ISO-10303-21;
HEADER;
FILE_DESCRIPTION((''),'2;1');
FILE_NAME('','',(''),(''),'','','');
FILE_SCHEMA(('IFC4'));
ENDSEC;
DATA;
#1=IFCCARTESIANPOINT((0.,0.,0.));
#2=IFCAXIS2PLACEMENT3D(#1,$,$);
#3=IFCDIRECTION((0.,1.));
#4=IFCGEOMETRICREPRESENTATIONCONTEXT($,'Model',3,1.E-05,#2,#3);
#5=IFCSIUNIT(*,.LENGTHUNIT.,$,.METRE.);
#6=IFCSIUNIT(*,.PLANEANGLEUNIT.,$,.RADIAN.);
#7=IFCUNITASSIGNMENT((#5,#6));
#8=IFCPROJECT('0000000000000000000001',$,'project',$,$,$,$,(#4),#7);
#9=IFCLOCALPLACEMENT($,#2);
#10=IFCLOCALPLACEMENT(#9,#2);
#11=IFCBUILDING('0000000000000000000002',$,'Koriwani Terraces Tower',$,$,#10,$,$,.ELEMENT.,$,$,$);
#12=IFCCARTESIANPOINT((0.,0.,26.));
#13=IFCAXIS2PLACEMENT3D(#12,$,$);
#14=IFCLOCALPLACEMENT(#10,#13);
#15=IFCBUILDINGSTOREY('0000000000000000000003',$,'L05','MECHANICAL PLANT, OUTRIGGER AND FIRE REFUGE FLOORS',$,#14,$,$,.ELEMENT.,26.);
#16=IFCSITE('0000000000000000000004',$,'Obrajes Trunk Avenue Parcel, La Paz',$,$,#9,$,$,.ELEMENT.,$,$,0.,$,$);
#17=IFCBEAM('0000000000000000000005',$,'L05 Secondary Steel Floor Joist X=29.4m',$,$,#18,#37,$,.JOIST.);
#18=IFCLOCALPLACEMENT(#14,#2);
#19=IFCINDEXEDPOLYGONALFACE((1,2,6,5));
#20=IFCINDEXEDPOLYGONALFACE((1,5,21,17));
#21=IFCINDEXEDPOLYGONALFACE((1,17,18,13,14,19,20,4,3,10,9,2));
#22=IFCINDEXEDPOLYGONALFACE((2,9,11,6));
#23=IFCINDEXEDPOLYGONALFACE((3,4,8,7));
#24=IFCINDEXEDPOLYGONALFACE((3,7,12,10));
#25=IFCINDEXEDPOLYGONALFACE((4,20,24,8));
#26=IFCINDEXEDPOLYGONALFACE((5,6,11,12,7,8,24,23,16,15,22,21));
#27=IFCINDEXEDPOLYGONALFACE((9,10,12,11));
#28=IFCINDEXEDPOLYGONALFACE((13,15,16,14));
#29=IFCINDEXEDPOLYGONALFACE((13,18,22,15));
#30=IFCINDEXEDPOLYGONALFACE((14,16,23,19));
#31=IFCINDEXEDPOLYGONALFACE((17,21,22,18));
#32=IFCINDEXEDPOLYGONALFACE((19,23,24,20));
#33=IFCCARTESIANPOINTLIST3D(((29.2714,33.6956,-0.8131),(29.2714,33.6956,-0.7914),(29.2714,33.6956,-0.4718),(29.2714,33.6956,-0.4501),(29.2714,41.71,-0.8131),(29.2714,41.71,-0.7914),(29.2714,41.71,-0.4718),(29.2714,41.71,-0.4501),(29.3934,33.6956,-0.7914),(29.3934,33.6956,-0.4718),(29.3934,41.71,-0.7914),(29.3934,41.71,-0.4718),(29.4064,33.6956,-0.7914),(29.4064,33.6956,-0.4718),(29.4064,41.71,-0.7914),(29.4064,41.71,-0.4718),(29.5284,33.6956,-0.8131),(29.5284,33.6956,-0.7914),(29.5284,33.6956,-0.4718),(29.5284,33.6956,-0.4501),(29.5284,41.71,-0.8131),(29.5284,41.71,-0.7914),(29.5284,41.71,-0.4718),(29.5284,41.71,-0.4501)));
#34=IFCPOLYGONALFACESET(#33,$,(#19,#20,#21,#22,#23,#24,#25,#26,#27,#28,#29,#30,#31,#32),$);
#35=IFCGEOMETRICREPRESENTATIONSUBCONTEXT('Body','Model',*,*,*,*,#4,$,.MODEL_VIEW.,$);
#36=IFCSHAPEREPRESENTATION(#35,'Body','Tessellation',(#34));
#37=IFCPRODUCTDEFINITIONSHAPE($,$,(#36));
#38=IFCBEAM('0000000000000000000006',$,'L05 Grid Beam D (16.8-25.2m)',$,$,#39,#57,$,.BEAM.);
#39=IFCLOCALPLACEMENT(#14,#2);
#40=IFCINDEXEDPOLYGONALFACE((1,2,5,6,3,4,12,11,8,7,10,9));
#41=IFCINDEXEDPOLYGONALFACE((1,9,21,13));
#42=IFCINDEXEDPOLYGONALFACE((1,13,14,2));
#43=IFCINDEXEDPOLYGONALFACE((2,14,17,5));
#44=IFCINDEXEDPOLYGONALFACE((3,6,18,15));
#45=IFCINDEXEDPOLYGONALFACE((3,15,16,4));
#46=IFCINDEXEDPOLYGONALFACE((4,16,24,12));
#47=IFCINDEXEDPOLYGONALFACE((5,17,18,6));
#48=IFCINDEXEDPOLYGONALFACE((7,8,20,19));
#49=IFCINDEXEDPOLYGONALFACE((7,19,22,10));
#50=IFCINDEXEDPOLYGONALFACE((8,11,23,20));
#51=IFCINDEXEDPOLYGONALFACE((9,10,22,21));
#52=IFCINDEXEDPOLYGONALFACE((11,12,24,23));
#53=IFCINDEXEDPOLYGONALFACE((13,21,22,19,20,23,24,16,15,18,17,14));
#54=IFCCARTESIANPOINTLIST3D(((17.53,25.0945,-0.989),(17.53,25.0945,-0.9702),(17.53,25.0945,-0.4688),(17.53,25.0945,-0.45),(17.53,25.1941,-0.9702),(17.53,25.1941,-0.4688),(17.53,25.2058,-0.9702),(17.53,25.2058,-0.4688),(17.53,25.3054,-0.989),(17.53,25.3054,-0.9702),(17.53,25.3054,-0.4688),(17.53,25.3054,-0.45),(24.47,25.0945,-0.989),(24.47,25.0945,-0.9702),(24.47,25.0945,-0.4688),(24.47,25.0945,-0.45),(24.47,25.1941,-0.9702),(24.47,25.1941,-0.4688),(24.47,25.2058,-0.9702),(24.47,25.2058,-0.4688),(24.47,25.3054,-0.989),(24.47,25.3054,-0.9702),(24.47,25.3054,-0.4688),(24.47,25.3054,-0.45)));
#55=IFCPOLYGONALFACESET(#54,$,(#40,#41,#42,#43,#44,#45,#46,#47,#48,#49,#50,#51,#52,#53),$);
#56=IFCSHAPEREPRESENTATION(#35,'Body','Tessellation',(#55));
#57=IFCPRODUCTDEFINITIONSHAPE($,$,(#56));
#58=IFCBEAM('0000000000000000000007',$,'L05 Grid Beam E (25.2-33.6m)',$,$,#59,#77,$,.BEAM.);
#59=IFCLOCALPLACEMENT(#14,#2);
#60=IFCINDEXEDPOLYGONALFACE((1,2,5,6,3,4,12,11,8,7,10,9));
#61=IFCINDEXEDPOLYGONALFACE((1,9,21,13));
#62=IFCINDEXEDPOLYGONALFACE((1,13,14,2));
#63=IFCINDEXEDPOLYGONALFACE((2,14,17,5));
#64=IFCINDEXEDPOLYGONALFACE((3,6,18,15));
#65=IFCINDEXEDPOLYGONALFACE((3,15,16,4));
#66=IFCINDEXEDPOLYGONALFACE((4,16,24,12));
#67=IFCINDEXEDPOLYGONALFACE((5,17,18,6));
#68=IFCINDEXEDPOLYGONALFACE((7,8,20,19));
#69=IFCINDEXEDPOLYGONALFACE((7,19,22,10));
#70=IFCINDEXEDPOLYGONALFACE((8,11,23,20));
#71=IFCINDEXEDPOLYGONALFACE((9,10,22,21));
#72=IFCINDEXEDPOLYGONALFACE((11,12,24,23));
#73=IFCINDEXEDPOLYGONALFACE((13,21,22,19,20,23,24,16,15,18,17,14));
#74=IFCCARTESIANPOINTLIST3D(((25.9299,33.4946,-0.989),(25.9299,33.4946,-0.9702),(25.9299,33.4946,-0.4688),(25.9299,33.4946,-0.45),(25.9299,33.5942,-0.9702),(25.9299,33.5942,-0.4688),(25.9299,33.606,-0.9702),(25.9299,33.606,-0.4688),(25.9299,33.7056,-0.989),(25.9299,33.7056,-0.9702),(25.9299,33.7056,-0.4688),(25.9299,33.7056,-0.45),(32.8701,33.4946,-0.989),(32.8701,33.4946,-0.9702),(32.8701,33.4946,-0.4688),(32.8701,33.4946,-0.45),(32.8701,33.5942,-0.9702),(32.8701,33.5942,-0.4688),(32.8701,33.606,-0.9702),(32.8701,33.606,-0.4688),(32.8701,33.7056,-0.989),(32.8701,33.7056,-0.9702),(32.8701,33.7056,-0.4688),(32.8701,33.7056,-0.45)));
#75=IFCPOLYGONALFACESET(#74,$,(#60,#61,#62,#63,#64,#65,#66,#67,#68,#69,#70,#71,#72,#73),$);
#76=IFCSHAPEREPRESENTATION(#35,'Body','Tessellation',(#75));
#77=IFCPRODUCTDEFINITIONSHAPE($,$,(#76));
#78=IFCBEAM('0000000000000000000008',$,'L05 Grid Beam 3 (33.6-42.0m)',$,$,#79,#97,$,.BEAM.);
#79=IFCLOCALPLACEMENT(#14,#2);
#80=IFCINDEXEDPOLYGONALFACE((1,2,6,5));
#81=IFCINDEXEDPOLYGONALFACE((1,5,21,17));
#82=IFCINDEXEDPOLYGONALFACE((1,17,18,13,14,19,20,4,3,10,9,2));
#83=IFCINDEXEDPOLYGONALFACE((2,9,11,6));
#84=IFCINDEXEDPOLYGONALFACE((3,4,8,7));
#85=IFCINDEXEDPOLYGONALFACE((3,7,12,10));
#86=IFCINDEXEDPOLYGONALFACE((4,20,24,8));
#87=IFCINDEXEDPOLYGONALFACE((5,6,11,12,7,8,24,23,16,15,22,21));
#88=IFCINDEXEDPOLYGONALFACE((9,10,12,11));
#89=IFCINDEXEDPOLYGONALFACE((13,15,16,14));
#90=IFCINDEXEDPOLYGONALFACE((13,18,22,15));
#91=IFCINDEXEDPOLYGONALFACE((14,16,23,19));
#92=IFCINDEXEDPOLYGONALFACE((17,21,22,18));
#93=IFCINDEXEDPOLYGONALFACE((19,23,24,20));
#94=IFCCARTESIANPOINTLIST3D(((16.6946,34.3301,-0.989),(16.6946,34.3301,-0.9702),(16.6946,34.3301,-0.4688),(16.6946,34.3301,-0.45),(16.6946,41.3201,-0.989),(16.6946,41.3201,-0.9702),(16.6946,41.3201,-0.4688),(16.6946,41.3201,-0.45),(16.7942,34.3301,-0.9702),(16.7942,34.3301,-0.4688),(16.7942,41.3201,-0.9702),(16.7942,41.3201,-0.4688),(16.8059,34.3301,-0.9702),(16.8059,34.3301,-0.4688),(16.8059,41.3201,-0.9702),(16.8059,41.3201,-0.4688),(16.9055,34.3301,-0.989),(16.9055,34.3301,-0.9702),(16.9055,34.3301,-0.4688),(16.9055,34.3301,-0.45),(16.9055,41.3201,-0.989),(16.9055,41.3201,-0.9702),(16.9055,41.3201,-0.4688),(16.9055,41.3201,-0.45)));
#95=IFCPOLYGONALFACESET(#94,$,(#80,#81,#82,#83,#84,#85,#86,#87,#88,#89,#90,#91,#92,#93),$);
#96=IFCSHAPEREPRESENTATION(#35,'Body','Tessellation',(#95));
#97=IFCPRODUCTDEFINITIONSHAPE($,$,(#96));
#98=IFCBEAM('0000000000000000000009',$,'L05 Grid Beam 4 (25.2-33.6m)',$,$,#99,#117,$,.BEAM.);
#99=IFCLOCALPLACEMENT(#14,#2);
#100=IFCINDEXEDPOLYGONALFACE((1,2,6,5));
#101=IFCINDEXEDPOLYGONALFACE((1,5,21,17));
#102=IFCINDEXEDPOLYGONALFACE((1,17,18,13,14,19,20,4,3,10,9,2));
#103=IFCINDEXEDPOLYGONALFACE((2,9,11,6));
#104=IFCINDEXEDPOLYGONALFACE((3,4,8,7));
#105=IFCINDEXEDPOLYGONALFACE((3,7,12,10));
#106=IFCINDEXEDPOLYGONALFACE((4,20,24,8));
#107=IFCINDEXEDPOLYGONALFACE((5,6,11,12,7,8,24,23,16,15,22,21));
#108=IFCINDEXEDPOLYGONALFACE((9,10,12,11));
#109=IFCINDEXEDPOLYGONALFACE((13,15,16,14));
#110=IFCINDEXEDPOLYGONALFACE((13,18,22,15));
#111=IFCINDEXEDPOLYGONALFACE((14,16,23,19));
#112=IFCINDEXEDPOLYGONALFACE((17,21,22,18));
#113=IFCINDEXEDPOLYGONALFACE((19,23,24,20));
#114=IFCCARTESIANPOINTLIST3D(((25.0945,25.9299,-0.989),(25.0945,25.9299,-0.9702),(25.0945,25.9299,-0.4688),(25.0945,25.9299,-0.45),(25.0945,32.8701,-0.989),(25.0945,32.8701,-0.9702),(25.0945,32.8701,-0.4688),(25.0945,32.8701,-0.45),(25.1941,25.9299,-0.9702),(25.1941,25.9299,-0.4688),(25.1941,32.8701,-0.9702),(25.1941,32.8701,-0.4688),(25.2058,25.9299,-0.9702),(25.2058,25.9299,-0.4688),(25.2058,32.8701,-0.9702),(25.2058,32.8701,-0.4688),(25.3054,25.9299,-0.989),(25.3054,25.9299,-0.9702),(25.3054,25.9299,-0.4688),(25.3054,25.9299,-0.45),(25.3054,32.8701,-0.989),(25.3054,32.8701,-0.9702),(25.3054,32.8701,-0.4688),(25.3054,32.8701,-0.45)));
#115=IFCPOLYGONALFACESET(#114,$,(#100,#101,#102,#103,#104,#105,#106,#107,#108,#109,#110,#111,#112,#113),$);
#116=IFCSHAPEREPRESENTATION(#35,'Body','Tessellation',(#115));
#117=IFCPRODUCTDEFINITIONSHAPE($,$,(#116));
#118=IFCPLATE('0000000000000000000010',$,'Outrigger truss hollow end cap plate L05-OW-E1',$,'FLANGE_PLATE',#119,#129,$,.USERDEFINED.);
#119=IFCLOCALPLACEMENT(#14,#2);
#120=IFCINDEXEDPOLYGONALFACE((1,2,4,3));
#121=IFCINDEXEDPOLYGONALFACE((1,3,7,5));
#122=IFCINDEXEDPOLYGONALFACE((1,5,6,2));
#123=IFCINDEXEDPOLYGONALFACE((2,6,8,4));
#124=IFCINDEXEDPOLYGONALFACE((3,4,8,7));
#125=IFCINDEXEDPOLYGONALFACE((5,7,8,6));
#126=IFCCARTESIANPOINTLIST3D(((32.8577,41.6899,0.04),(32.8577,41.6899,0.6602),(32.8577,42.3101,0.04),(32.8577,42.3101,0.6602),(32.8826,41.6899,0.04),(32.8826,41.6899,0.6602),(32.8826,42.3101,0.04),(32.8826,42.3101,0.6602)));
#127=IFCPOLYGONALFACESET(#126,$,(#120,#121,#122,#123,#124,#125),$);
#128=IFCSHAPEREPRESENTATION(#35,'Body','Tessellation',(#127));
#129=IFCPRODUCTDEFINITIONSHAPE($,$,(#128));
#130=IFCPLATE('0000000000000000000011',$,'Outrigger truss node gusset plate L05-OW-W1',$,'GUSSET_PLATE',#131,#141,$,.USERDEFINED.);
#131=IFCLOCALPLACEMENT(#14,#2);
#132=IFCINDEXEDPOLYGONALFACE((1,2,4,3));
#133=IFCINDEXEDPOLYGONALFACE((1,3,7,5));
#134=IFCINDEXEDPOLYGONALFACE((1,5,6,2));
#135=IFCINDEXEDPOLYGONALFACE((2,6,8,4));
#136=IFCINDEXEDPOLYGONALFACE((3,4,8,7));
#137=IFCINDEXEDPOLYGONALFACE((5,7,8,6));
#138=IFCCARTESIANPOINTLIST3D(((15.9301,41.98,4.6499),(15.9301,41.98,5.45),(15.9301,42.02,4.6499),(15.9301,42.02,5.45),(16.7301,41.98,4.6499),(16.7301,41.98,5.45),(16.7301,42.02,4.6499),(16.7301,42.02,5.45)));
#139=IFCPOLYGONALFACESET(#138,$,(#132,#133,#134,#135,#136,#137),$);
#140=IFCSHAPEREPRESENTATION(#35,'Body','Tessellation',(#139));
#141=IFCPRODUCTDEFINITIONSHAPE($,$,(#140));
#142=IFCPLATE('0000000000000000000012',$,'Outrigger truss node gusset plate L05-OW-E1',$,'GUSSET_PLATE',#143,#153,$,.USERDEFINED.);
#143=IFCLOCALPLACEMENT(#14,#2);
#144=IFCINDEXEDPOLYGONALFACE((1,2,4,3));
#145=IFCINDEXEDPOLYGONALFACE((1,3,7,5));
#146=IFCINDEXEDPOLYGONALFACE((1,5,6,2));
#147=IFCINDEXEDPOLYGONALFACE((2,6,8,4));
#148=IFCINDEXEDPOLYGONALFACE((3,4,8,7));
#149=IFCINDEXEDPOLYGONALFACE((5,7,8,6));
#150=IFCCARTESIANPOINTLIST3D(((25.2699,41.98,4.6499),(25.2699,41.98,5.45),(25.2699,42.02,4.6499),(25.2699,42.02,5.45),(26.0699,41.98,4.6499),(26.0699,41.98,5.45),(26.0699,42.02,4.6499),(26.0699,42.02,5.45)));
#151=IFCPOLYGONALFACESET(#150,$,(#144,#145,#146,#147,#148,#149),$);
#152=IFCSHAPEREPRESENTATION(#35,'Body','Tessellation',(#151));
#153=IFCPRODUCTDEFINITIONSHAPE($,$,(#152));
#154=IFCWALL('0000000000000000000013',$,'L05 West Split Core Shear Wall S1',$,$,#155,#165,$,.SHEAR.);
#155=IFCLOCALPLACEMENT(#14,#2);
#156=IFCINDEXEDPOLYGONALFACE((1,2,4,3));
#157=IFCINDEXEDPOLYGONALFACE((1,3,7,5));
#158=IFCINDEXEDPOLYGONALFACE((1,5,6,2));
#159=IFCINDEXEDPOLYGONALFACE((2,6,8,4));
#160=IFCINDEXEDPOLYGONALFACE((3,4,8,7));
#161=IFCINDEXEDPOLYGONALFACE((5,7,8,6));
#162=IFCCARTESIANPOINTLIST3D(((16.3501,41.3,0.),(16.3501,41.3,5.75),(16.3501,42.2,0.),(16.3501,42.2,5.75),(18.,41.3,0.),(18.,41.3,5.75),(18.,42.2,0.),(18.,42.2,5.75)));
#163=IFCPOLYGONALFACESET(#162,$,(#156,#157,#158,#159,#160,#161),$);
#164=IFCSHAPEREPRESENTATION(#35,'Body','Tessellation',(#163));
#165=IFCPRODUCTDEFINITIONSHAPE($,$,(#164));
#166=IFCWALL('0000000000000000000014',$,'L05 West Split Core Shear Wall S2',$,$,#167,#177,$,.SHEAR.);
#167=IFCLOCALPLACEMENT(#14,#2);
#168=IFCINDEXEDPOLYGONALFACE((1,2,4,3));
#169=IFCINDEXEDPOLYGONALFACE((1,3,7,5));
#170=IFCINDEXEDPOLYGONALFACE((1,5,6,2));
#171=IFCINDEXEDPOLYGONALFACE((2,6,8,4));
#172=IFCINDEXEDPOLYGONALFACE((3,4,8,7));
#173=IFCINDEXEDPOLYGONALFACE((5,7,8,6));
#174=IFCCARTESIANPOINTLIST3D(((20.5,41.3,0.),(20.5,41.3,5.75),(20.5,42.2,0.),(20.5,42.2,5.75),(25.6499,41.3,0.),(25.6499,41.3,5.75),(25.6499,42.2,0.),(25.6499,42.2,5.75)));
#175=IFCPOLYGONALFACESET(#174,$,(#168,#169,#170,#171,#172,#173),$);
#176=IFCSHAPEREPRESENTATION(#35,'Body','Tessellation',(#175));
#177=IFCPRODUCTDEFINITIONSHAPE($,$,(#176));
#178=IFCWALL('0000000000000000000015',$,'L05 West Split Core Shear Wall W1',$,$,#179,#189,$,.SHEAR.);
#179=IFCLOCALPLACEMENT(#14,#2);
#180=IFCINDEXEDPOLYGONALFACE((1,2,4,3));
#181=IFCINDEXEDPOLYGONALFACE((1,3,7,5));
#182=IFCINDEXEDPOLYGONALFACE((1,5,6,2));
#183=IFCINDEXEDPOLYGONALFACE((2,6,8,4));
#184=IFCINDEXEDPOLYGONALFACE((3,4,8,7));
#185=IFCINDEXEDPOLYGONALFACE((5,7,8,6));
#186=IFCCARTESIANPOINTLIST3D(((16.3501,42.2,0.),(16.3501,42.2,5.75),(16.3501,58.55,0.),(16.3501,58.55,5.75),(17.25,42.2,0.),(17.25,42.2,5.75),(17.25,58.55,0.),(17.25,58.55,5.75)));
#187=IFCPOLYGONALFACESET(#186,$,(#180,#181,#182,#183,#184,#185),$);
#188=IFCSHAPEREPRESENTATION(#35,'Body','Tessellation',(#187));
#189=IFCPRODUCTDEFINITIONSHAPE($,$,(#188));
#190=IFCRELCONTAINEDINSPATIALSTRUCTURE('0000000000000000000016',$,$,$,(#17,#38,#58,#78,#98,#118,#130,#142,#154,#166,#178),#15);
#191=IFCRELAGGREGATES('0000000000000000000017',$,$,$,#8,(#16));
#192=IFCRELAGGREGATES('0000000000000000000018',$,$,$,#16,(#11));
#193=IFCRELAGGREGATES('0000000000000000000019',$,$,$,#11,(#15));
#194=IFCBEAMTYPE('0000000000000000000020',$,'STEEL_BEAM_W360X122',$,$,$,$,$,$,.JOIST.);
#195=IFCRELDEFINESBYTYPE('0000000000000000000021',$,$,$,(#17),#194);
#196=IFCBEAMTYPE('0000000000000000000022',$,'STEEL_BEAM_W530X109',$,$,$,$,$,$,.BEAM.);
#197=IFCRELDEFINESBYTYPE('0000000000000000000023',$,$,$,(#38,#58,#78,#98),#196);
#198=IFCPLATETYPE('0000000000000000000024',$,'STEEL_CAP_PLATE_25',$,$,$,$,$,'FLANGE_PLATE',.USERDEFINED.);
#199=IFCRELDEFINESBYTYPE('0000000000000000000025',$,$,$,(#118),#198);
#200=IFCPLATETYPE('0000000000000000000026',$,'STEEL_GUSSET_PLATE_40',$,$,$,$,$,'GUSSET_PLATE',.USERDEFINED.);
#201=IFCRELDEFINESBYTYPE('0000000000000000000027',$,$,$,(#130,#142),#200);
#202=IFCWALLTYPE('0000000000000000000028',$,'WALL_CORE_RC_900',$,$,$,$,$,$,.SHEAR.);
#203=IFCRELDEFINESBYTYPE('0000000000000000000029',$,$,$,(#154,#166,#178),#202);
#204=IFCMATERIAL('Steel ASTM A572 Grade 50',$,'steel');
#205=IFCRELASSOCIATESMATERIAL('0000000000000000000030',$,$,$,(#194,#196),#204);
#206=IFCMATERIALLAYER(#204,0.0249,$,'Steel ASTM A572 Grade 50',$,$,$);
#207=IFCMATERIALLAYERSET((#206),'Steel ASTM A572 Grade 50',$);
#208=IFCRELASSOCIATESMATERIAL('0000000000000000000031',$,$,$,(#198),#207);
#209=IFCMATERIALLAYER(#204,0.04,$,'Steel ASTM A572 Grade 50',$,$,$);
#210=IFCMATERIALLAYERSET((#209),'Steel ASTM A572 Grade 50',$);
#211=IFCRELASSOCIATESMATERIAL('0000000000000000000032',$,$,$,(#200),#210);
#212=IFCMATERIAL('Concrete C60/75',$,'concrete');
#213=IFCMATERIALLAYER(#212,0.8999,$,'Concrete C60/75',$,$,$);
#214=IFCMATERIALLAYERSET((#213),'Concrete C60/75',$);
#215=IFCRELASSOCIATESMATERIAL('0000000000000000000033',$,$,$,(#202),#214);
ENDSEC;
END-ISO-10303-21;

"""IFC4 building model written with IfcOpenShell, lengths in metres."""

from ifc_helpers import new_model, si_unit, direction, frame, frame_2d, origin, origin_2d, place, context, subcontext, project, spatial, rectangle, i_section, extrude, material, layer, layer_set, material_profile, profile_set, type_object, element, save


model = new_model("IFC4")

# Units and contexts
model_context = context("Model", 3, precision=1e-05, world=origin(), true_north=direction((0.0, 1.0)))
body_context = subcontext(model_context, "Body", "Model", "MODEL_VIEW")
ifc_project = project(units=[si_unit("LENGTHUNIT", "METRE"), si_unit("PLANEANGLEUNIT", "RADIAN")], contexts=[model_context])

# Site, building, storey
site_placement = place(None, origin())
site = spatial("IfcSite", under=ifc_project, at=site_placement, Name="Obrajes Trunk Avenue Parcel, La Paz", CompositionType="ELEMENT", RefElevation=0.0)
building_placement = place(site_placement, origin())
building = spatial("IfcBuilding", under=site, at=building_placement, Name="Koriwani Terraces Tower", CompositionType="ELEMENT")
storey_placement = place(building_placement, frame((0.0, 0.0, 26.0)))
storey = spatial("IfcBuildingStorey", under=building, at=storey_placement, Name="L05", Description="MECHANICAL PLANT, OUTRIGGER AND FIRE REFUGE FLOORS", CompositionType="ELEMENT", Elevation=26.0)

# Shared definitions
ifc_material_1 = material(Name="Concrete C60/75", Category="concrete")

# Shared definitions
ifc_material_2 = material(Name="Steel ASTM A572 Grade 50", Category="steel")

# Beams
ifc_material_profile_1 = material_profile(ifc_material_2, i_section(OverallWidth=0.2571, OverallDepth=0.363, WebThickness=0.0129, FlangeThickness=0.0217, at=origin_2d()), Name="Steel ASTM A572 Grade 50", Category="LoadBearing")
ifc_profile_set_1 = profile_set([ifc_material_profile_1], Name="Steel ASTM A572 Grade 50")
beam_type_1 = type_object("IfcBeamType", Name="STEEL_BEAM_W360X122", PredefinedType="JOIST", material=ifc_profile_set_1)
beam_1_placement = place(storey_placement, frame((29.3999, 33.6956, -0.6316), z_axis=(0.0, 1.0, 0.0), x_axis=(-1.0, 0.0, 0.0)))
element("IfcBeam", 1, at=beam_1_placement, inside=storey, type_object=beam_type_1, Name="L05 Secondary Steel Floor Joist X=29.4m", PredefinedType="JOIST", context=body_context, shape_type="SweptSolid", body=[
    extrude(i_section(OverallWidth=0.2571, OverallDepth=0.363, WebThickness=0.0129, FlangeThickness=0.0217, at=origin_2d()), origin(), (0.0, 0.0, 1.0), 8.0144),
])
ifc_material_profile_2 = material_profile(ifc_material_2, i_section(OverallWidth=0.2109, OverallDepth=0.5391, WebThickness=0.0117, FlangeThickness=0.0188, at=origin_2d()), Name="Steel ASTM A572 Grade 50", Category="LoadBearing")
ifc_profile_set_2 = profile_set([ifc_material_profile_2], Name="Steel ASTM A572 Grade 50")
beam_type_2 = type_object("IfcBeamType", Name="STEEL_BEAM_W530X109", PredefinedType="BEAM", material=ifc_profile_set_2)
beam_2_placement = place(storey_placement, frame((17.53, 25.2, -0.7195), z_axis=(1.0, 0.0, 0.0), x_axis=(0.0, 1.0, 0.0)))
element("IfcBeam", 2, at=beam_2_placement, inside=storey, type_object=beam_type_2, Name="L05 Grid Beam D (16.8-25.2m)", PredefinedType="BEAM", context=body_context, shape_type="SweptSolid", body=[
    extrude(i_section(OverallWidth=0.2109, OverallDepth=0.5391, WebThickness=0.0117, FlangeThickness=0.0188, at=origin_2d()), origin(), (0.0, 0.0, 1.0), 6.9399),
])
beam_3_placement = place(storey_placement, frame((25.9299, 33.6001, -0.7195), z_axis=(1.0, 0.0, 0.0), x_axis=(0.0, 1.0, 0.0)))
element("IfcBeam", 3, at=beam_3_placement, inside=storey, type_object=beam_type_2, Name="L05 Grid Beam E (25.2-33.6m)", PredefinedType="BEAM", context=body_context, shape_type="SweptSolid", body=[
    extrude(i_section(OverallWidth=0.2109, OverallDepth=0.5391, WebThickness=0.0117, FlangeThickness=0.0188, at=origin_2d()), origin(), (0.0, 0.0, 1.0), 6.9402),
])
beam_4_placement = place(storey_placement, frame((16.8, 34.3301, -0.7195), z_axis=(0.0, 1.0, 0.0), x_axis=(-1.0, 0.0, 0.0)))
element("IfcBeam", 4, at=beam_4_placement, inside=storey, type_object=beam_type_2, Name="L05 Grid Beam 3 (33.6-42.0m)", PredefinedType="BEAM", context=body_context, shape_type="SweptSolid", body=[
    extrude(i_section(OverallWidth=0.2109, OverallDepth=0.5391, WebThickness=0.0117, FlangeThickness=0.0188, at=origin_2d()), origin(), (0.0, 0.0, 1.0), 6.99),
])
beam_5_placement = place(storey_placement, frame((25.2, 25.9299, -0.7195), z_axis=(0.0, 1.0, 0.0), x_axis=(-1.0, 0.0, 0.0)))
element("IfcBeam", 5, at=beam_5_placement, inside=storey, type_object=beam_type_2, Name="L05 Grid Beam 4 (25.2-33.6m)", PredefinedType="BEAM", context=body_context, shape_type="SweptSolid", body=[
    extrude(i_section(OverallWidth=0.2109, OverallDepth=0.5391, WebThickness=0.0117, FlangeThickness=0.0188, at=origin_2d()), origin(), (0.0, 0.0, 1.0), 6.9402),
])

# Plates
ifc_layer_1 = layer(ifc_material_2, 0.0249, Name="Steel ASTM A572 Grade 50")
ifc_layer_set_1 = layer_set([ifc_layer_1], Name="Steel ASTM A572 Grade 50")
plate_type_1 = type_object("IfcPlateType", Name="STEEL_CAP_PLATE_25", ElementType="FLANGE_PLATE", PredefinedType="USERDEFINED", material=ifc_layer_set_1)
plate_placement = place(storey_placement, frame((32.8701, 42.0, 0.04), z_axis=(0.0, 0.0, 1.0), x_axis=(-1.0, 0.0, 0.0)))
element("IfcPlate", 6, at=plate_placement, inside=storey, type_object=plate_type_1, Name="Outrigger truss hollow end cap plate L05-OW-E1", ObjectType="FLANGE_PLATE", PredefinedType="USERDEFINED", context=body_context, shape_type="SweptSolid", body=[
    extrude(rectangle(XDim=0.0249, YDim=0.6201, at=origin_2d()), origin(), (0.0, 0.0, 1.0), 0.6201),
])
ifc_layer_2 = layer(ifc_material_2, 0.04, Name="Steel ASTM A572 Grade 50")
ifc_layer_set_2 = layer_set([ifc_layer_2], Name="Steel ASTM A572 Grade 50")
plate_type_2 = type_object("IfcPlateType", Name="STEEL_GUSSET_PLATE_40", ElementType="GUSSET_PLATE", PredefinedType="USERDEFINED", material=ifc_layer_set_2)
for number, where, z_axis, x_axis, name in (
    (7, (16.3301, 42.0, 4.6499), (0.0, 0.0, 1.0), (1.0, 0.0, 0.0), "Outrigger truss node gusset plate L05-OW-W1"),
    (8, (25.6699, 42.0, 4.6499), (0.0, 0.0, 1.0), (-1.0, 0.0, 0.0), "Outrigger truss node gusset plate L05-OW-E1"),
):
    element("IfcPlate", number, at=place(storey_placement, frame(where, z_axis=z_axis, x_axis=x_axis)), inside=storey, type_object=plate_type_2, Name=name, ObjectType="GUSSET_PLATE", PredefinedType="USERDEFINED", context=body_context, shape_type="SweptSolid", body=[
        extrude(rectangle(XDim=0.8, YDim=0.04, at=origin_2d()), origin(), (0.0, 0.0, 1.0), 0.8),
    ])

# Walls
ifc_layer_3 = layer(ifc_material_1, 0.8999, Name="Concrete C60/75")
ifc_layer_set_3 = layer_set([ifc_layer_3], Name="Concrete C60/75")
wall_type_1 = type_object("IfcWallType", Name="WALL_CORE_RC_900", PredefinedType="SHEAR", material=ifc_layer_set_3)
wall_1_placement = place(storey_placement, frame((16.3501, 41.75, 0.0), z_axis=(0.0, 0.0, 1.0), x_axis=(1.0, 0.0, 0.0)))
element("IfcWall", 9, at=wall_1_placement, inside=storey, type_object=wall_type_1, Name="L05 West Split Core Shear Wall S1", PredefinedType="SHEAR", context=body_context, shape_type="SweptSolid", body=[
    extrude(rectangle(XDim=1.6499, YDim=0.8999, at=frame_2d((0.825, 0.0))), origin(), (0.0, 0.0, 1.0), 5.75),
])
wall_2_placement = place(storey_placement, frame((20.5, 41.75, 0.0), z_axis=(0.0, 0.0, 1.0), x_axis=(1.0, 0.0, 0.0)))
element("IfcWall", 10, at=wall_2_placement, inside=storey, type_object=wall_type_1, Name="L05 West Split Core Shear Wall S2", PredefinedType="SHEAR", context=body_context, shape_type="SweptSolid", body=[
    extrude(rectangle(XDim=5.1499, YDim=0.8999, at=frame_2d((2.575, 0.0))), origin(), (0.0, 0.0, 1.0), 5.75),
])
wall_3_placement = place(storey_placement, frame((16.8, 42.2, 0.0), z_axis=(0.0, 0.0, 1.0), x_axis=(0.0, 1.0, 0.0)))
element("IfcWall", 11, at=wall_3_placement, inside=storey, type_object=wall_type_1, Name="L05 West Split Core Shear Wall W1", PredefinedType="SHEAR", context=body_context, shape_type="SweptSolid", body=[
    extrude(rectangle(XDim=16.3501, YDim=0.8999, at=frame_2d((8.175, 0.0))), origin(), (0.0, 0.0, 1.0), 5.75),
])

save(model, "model.ifc")
